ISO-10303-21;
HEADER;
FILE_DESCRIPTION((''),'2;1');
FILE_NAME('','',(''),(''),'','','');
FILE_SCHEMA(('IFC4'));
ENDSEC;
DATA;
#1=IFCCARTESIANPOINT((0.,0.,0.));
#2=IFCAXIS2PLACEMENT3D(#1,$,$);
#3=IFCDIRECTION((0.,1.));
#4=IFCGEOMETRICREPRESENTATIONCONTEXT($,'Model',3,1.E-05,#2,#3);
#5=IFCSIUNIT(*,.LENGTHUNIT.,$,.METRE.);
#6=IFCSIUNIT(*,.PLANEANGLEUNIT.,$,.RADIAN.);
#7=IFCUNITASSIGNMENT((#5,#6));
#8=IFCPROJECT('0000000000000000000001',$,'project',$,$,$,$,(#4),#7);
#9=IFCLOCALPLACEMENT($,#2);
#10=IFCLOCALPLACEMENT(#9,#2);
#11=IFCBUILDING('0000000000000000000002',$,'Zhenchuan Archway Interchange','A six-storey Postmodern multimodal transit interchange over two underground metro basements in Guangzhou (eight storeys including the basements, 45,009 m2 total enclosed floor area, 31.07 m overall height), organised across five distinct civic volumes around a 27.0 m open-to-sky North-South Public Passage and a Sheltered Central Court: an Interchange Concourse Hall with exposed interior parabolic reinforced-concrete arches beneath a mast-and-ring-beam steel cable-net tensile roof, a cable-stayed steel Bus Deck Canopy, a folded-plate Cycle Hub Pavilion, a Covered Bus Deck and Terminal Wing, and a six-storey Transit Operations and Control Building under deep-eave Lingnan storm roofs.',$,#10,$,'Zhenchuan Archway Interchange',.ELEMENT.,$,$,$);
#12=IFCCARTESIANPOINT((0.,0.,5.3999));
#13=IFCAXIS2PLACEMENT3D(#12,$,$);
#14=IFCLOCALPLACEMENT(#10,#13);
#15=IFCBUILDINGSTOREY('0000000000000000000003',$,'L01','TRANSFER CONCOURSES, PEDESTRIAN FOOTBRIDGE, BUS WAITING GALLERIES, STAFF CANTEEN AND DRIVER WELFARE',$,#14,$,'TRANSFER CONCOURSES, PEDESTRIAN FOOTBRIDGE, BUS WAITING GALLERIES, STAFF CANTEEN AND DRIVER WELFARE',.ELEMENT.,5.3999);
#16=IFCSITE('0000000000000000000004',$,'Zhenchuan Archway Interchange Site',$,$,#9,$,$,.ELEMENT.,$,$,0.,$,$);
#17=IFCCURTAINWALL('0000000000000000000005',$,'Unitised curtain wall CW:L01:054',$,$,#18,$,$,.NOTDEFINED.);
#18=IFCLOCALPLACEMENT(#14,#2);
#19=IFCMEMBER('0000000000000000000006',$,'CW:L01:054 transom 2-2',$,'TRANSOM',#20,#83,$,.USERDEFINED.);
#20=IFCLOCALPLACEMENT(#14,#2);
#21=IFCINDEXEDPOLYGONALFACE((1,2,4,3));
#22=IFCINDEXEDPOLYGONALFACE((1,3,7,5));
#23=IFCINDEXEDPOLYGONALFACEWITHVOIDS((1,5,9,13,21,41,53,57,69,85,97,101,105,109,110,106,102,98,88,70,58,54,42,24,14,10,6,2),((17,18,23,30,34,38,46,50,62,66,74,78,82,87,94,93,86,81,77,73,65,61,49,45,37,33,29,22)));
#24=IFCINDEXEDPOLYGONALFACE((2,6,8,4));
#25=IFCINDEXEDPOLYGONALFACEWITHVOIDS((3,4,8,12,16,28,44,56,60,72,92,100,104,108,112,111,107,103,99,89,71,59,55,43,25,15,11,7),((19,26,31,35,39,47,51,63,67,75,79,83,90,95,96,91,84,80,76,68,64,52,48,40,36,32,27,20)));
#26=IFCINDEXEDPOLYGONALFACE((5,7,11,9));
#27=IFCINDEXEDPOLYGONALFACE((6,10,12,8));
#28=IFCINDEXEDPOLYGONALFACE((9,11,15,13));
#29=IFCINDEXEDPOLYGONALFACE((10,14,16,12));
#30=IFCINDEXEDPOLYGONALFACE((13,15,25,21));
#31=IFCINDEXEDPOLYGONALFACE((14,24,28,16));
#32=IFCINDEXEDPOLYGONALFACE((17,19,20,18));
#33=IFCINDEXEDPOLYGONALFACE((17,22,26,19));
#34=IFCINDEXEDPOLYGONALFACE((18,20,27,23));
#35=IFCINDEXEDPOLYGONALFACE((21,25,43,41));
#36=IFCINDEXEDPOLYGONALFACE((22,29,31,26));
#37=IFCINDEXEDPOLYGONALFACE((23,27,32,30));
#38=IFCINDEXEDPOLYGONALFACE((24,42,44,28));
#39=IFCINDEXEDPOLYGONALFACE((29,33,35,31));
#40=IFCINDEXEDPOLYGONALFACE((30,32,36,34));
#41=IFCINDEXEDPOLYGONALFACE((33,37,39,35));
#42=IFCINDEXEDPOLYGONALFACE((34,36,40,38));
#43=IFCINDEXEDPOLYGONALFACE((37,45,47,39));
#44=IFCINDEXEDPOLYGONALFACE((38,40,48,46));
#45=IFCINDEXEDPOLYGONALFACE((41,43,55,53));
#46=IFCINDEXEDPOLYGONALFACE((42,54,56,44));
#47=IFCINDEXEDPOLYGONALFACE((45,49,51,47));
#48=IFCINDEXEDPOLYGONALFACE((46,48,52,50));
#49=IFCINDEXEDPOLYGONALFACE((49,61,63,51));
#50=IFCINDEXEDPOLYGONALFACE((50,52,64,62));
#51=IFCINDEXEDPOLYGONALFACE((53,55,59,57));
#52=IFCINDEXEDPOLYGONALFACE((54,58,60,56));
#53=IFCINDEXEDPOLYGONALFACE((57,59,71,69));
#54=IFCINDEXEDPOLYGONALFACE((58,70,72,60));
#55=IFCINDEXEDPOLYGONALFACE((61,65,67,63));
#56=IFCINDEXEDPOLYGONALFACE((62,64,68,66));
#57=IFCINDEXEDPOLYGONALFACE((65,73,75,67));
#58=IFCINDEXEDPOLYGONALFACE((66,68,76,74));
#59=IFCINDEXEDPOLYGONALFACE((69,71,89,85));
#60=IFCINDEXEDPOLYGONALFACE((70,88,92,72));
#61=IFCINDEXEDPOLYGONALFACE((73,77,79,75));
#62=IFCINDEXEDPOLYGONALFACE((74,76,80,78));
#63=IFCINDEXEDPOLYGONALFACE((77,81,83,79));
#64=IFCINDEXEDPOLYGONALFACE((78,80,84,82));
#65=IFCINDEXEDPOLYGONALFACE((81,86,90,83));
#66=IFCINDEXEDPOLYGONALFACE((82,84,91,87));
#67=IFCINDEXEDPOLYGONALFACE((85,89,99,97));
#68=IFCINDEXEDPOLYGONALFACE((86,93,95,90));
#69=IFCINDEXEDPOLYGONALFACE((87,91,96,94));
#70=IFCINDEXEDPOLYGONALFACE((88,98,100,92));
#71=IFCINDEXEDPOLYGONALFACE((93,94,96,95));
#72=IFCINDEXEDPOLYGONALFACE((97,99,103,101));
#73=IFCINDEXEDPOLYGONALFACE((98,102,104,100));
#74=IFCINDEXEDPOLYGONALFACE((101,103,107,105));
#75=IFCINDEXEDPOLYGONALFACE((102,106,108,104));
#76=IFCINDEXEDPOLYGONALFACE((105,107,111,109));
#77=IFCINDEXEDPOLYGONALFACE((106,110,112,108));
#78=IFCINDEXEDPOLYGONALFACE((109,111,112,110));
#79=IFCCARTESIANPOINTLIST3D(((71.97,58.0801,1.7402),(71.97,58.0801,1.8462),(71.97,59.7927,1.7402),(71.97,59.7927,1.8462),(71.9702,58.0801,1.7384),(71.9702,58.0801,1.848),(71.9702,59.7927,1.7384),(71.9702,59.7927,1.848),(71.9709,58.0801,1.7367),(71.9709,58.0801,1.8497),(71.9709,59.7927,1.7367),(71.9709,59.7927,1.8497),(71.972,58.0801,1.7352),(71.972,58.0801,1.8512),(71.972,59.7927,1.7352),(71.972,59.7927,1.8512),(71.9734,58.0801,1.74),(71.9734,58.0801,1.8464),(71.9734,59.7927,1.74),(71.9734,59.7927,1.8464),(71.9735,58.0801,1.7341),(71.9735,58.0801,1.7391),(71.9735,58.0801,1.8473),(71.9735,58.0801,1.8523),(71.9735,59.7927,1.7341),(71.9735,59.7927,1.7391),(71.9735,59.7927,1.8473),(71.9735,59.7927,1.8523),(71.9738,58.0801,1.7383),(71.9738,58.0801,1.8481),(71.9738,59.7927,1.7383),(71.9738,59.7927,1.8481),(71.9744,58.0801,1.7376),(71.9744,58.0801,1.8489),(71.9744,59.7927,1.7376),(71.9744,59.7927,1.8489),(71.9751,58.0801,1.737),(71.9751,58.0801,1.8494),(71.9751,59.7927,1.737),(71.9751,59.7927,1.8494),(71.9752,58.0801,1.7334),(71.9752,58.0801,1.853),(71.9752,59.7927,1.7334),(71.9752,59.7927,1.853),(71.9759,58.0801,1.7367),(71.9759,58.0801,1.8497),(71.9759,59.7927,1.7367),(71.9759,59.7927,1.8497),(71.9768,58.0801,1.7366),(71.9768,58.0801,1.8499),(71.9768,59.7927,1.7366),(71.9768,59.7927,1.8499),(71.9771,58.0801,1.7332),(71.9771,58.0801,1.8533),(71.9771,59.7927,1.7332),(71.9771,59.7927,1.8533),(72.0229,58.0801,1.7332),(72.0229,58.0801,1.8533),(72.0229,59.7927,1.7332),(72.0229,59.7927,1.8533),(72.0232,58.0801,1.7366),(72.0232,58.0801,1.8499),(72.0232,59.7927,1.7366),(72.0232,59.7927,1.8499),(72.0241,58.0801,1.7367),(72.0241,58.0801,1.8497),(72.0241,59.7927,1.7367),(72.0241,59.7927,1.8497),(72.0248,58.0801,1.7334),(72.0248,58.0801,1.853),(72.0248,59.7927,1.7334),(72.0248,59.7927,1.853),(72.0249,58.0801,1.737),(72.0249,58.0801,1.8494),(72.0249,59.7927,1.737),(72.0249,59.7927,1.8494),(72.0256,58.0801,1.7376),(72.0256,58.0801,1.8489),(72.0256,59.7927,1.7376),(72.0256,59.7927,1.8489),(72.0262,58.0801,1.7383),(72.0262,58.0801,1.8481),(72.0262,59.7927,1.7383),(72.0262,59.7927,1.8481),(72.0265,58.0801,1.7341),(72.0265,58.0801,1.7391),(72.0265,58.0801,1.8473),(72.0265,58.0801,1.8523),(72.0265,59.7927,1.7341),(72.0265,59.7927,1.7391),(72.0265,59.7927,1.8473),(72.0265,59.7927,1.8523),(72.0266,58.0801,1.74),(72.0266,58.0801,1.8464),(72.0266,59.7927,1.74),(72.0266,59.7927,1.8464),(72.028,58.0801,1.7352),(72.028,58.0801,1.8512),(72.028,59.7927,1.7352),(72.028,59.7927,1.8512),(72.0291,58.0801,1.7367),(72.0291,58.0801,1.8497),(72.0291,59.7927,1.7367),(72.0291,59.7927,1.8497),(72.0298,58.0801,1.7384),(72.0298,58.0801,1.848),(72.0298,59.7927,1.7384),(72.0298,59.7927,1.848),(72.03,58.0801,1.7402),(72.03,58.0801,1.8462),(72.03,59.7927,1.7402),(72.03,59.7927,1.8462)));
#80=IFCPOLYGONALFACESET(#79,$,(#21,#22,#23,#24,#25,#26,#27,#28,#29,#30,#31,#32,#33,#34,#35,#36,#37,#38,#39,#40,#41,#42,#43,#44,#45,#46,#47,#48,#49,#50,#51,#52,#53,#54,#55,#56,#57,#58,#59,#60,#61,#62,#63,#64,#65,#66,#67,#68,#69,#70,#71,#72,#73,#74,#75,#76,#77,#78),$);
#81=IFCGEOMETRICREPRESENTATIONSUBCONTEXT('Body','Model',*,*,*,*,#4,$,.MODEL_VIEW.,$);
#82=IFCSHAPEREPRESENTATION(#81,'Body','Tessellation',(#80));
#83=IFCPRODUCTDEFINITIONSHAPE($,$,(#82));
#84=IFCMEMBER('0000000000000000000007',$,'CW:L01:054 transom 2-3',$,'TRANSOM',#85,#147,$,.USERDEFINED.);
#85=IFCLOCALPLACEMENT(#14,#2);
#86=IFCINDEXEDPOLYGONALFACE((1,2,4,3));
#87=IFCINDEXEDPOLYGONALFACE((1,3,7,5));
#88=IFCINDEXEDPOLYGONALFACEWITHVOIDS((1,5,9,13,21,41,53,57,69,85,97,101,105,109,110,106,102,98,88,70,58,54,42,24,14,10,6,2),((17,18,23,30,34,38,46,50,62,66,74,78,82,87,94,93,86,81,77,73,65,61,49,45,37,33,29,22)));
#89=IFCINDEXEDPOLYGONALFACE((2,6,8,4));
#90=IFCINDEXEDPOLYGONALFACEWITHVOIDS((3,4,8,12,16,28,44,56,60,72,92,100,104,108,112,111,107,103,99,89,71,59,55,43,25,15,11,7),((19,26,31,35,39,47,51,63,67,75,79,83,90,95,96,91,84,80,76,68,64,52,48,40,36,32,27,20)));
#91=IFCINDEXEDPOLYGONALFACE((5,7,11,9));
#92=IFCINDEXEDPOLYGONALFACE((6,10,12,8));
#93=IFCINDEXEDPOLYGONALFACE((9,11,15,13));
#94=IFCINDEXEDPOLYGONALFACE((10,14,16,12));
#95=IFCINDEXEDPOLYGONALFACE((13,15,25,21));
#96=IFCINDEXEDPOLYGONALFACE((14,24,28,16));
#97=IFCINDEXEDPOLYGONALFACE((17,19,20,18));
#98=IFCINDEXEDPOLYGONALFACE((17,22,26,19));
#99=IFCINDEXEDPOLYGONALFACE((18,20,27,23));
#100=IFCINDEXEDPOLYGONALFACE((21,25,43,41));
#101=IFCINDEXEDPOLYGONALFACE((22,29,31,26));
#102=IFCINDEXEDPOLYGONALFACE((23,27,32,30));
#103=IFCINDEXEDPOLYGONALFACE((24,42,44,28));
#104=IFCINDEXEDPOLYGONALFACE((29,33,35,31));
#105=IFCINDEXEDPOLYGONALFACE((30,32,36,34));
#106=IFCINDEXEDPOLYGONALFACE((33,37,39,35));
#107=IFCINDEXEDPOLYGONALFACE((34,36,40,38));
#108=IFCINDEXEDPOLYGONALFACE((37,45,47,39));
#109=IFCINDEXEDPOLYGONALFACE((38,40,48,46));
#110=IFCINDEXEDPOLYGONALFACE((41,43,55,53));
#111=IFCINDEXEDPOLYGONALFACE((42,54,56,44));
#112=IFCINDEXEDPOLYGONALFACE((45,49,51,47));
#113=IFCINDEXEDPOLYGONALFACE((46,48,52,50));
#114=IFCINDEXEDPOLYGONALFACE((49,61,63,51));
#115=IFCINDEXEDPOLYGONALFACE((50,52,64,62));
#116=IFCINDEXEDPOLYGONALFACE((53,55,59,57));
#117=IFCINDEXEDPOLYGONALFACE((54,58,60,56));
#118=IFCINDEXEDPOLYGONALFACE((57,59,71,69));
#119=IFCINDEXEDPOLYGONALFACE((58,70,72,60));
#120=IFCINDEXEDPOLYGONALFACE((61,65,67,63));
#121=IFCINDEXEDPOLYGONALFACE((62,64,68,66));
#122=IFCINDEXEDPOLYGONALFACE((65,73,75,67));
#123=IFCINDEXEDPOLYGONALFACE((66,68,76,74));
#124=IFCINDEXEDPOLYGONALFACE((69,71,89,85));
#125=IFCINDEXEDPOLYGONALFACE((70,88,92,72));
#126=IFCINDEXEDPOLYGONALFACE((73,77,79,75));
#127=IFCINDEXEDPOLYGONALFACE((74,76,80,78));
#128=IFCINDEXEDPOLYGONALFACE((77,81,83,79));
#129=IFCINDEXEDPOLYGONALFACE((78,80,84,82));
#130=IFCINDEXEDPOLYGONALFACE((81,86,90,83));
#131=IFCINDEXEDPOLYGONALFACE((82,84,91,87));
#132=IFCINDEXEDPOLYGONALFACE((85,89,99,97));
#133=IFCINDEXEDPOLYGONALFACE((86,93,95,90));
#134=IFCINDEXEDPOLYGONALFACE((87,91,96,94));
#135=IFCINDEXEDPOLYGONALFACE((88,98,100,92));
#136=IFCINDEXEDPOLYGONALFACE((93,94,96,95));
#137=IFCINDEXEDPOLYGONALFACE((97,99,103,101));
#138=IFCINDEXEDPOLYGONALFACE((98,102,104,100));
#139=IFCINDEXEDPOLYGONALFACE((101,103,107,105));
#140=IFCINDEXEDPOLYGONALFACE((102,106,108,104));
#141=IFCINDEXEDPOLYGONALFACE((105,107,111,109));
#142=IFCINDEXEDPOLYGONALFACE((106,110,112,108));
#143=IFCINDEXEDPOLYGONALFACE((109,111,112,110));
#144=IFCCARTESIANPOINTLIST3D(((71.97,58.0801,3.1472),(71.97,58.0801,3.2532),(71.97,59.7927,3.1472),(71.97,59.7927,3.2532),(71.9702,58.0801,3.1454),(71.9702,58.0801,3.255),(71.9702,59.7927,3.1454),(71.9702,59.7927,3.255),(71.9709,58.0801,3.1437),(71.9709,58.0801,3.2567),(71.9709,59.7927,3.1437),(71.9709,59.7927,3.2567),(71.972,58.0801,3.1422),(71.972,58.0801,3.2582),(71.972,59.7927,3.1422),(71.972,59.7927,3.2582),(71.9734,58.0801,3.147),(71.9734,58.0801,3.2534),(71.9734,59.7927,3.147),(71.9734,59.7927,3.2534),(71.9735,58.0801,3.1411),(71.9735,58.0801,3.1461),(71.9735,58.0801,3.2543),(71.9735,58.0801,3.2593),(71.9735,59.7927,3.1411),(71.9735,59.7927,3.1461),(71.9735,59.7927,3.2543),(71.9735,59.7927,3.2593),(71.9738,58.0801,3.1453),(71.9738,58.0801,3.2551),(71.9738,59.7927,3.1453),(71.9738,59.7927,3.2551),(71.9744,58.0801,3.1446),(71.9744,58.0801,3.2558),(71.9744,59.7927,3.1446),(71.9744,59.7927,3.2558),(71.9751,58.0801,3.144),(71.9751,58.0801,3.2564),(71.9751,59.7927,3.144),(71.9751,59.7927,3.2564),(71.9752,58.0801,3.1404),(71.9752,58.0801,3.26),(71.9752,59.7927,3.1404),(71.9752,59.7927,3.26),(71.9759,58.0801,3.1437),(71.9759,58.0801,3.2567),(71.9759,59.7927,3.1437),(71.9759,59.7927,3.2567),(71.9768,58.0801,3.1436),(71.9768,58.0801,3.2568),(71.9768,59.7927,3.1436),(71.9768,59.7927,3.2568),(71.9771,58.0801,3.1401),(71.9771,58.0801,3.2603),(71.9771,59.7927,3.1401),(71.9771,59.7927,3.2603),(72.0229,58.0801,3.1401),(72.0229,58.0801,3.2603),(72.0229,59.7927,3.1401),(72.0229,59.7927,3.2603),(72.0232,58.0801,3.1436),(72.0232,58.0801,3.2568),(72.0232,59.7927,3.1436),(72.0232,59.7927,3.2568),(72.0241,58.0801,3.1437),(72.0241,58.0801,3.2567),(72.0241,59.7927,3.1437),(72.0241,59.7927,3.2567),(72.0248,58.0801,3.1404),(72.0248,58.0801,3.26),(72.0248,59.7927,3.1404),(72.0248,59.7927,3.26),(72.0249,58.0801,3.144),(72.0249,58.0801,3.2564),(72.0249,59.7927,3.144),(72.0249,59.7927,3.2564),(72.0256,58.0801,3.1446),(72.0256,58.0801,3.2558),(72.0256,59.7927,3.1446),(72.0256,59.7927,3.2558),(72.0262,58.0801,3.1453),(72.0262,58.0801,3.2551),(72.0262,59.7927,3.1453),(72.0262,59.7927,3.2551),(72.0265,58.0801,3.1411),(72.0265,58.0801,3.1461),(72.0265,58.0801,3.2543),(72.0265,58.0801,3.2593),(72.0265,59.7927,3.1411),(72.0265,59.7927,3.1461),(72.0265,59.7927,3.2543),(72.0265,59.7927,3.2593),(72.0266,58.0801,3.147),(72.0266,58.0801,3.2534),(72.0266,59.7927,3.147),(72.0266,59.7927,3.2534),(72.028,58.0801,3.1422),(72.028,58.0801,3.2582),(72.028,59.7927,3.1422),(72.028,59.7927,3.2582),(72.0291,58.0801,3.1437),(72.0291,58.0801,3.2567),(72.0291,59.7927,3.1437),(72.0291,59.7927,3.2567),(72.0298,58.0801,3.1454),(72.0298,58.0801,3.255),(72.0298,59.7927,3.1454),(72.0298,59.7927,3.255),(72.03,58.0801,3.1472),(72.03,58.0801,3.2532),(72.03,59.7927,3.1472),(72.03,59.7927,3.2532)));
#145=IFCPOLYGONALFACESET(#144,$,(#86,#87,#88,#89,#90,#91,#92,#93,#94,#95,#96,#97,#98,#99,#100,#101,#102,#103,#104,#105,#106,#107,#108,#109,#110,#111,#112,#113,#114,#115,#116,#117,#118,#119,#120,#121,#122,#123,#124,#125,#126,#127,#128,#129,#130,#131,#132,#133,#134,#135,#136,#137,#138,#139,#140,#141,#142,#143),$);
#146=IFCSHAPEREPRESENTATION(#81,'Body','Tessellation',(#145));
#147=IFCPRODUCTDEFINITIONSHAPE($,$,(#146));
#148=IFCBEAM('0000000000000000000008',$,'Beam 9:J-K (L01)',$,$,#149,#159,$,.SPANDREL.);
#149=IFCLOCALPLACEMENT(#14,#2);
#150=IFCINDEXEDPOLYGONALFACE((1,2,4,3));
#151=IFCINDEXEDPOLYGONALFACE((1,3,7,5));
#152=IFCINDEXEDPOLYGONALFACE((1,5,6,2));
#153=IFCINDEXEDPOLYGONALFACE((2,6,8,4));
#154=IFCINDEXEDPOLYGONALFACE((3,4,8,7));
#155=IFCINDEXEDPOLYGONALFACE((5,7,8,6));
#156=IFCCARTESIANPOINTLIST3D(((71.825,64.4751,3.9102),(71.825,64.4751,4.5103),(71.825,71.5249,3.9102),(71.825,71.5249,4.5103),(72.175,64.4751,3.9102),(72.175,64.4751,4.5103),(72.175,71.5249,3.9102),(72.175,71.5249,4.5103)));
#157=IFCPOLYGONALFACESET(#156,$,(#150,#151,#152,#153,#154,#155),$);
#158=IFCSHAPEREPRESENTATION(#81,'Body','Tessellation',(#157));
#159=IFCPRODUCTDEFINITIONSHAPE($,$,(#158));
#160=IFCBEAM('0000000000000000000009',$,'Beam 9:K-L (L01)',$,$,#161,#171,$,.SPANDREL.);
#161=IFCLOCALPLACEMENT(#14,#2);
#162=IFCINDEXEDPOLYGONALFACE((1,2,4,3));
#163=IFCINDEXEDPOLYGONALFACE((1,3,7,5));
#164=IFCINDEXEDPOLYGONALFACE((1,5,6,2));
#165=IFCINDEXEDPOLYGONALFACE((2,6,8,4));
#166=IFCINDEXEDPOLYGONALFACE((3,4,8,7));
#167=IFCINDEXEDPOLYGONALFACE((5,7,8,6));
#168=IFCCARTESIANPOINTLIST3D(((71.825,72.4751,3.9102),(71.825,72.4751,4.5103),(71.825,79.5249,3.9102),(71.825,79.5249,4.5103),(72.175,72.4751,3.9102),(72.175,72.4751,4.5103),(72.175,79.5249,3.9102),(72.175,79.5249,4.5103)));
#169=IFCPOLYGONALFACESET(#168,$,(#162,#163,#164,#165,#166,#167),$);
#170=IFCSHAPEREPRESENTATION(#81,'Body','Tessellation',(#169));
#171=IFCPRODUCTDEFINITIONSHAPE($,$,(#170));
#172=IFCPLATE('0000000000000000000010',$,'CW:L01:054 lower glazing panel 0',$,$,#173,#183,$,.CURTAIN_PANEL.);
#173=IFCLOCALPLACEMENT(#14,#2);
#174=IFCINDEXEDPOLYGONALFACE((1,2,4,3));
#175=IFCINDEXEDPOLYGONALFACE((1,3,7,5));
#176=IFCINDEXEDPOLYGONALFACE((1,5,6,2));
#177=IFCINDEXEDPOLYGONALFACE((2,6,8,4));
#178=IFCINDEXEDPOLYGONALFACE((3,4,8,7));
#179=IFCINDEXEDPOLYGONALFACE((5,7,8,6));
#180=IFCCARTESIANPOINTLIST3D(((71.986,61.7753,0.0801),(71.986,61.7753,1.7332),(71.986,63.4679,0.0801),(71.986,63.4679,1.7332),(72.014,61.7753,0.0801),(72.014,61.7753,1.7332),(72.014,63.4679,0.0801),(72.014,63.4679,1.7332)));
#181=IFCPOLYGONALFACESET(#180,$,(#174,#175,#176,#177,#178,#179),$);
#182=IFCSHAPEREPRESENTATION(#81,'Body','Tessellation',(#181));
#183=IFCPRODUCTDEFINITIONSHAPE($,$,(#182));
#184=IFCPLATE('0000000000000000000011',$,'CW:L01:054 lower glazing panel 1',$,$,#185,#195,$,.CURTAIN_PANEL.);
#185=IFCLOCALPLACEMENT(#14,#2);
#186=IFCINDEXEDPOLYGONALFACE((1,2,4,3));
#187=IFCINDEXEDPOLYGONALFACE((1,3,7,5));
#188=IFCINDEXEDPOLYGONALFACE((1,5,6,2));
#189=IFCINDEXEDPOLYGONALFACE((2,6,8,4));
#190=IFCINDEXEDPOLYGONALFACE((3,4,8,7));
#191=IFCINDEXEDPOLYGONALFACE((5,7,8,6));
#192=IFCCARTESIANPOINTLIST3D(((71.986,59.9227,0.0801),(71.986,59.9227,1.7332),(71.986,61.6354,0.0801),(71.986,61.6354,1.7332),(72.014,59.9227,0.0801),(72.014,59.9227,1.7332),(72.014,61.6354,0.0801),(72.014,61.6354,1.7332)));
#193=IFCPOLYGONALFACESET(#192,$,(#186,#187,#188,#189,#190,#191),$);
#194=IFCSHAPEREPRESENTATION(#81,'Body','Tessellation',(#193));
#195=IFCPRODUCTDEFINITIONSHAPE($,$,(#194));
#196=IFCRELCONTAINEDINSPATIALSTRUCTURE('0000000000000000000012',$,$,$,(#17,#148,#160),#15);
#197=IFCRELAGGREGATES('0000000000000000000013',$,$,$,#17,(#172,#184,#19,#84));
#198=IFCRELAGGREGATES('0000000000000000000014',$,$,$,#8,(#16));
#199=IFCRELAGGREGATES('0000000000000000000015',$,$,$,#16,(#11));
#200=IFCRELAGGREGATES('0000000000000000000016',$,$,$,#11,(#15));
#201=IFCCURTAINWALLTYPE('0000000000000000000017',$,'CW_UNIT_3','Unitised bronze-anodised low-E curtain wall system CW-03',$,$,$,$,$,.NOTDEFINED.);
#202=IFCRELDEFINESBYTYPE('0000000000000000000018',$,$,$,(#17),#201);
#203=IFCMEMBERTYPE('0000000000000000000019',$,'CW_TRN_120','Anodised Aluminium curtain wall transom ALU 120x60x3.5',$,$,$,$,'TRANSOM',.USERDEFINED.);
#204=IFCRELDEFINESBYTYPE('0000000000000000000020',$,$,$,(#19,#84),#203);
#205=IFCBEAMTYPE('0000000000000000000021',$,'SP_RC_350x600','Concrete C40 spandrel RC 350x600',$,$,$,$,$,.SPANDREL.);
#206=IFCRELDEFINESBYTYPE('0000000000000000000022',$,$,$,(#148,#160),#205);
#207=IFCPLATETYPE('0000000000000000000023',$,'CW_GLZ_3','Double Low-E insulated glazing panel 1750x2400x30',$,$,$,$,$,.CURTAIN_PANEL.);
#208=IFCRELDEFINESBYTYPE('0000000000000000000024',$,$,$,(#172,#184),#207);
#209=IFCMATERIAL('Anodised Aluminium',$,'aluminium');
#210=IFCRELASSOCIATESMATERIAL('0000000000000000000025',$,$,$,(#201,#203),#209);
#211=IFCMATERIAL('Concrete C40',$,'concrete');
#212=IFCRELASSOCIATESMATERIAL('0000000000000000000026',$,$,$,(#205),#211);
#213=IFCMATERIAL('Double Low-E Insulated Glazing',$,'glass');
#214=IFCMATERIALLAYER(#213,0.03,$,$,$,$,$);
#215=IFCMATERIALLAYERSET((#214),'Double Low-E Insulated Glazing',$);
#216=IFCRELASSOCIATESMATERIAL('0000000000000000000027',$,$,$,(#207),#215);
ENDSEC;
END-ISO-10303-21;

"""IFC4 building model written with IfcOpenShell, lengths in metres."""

from ifc_helpers import new_model, si_unit, direction, frame, origin, origin_2d, place, context, subcontext, project, spatial, rectangle, hollow_rectangle, extrude, material, layer, layer_set, material_profile, profile_set, type_object, element, aggregate, save


model = new_model("IFC4")

# Units and contexts
model_context = context("Model", 3, precision=1e-05, world=origin(), true_north=direction((0.0, 1.0)))
body_context = subcontext(model_context, "Body", "Model", "MODEL_VIEW")
ifc_project = project(units=[si_unit("LENGTHUNIT", "METRE"), si_unit("PLANEANGLEUNIT", "RADIAN")], contexts=[model_context])

# Site, building, storey
site_placement = place(None, origin())
site = spatial("IfcSite", under=ifc_project, at=site_placement, Name="Zhenchuan Archway Interchange Site", CompositionType="ELEMENT", RefElevation=0.0)
building_placement = place(site_placement, origin())
building = spatial("IfcBuilding", under=site, at=building_placement, Name="Zhenchuan Archway Interchange", Description="A six-storey Postmodern multimodal transit interchange over two underground metro basements in Guangzhou (eight storeys including the basements, 45,009 m2 total enclosed floor area, 31.07 m overall height), organised across five distinct civic volumes around a 27.0 m open-to-sky North-South Public Passage and a Sheltered Central Court: an Interchange Concourse Hall with exposed interior parabolic reinforced-concrete arches beneath a mast-and-ring-beam steel cable-net tensile roof, a cable-stayed steel Bus Deck Canopy, a folded-plate Cycle Hub Pavilion, a Covered Bus Deck and Terminal Wing, and a six-storey Transit Operations and Control Building under deep-eave Lingnan storm roofs.", LongName="Zhenchuan Archway Interchange", CompositionType="ELEMENT")
storey_placement = place(building_placement, frame((0.0, 0.0, 5.3999)))
storey = spatial("IfcBuildingStorey", under=building, at=storey_placement, Name="L01", Description="TRANSFER CONCOURSES, PEDESTRIAN FOOTBRIDGE, BUS WAITING GALLERIES, STAFF CANTEEN AND DRIVER WELFARE", LongName="TRANSFER CONCOURSES, PEDESTRIAN FOOTBRIDGE, BUS WAITING GALLERIES, STAFF CANTEEN AND DRIVER WELFARE", CompositionType="ELEMENT", Elevation=5.3999)

# Shared definitions
ifc_material_1 = material(Name="Anodised Aluminium", Category="aluminium")

# Curtain wall, members
curtain_wall_type_1 = type_object("IfcCurtainWallType", Name="CW_UNIT_3", Description="Unitised bronze-anodised low-E curtain wall system CW-03", PredefinedType="NOTDEFINED", material=ifc_material_1)
curtain_wall_1_placement = place(storey_placement, origin())
curtain_wall_1 = element("IfcCurtainWall", 1, at=curtain_wall_1_placement, inside=storey, type_object=curtain_wall_type_1, Name="Unitised curtain wall CW:L01:054", PredefinedType="NOTDEFINED")
ifc_material_profile_1 = material_profile(ifc_material_1, hollow_rectangle(XDim=0.0601, YDim=0.1201, WallThickness=0.0034, InnerFilletRadius=0.0034, OuterFilletRadius=0.0071, at=origin_2d()), Name="ALU 120x60x3.5")
ifc_profile_set_1 = profile_set([ifc_material_profile_1], Name="Anodised Aluminium")
member_type_1 = type_object("IfcMemberType", Name="CW_TRN_120", Description="Anodised Aluminium curtain wall transom ALU 120x60x3.5", ElementType="TRANSOM", PredefinedType="USERDEFINED", material=ifc_profile_set_1)
member_1_placement = place(storey_placement, frame((72.0, 59.7927, 1.7932), z_axis=(0.0, -1.0, 0.0), x_axis=(1.0, 0.0, 0.0)))
member_1 = element("IfcMember", 2, at=member_1_placement, type_object=member_type_1, Name="CW:L01:054 transom 2-2", ObjectType="TRANSOM", PredefinedType="USERDEFINED", context=body_context, shape_type="SweptSolid", body=[
    extrude(hollow_rectangle(XDim=0.0601, YDim=0.1201, WallThickness=0.0034, InnerFilletRadius=0.0034, OuterFilletRadius=0.0071, at=origin_2d()), origin(), (0.0, 0.0, 1.0), 1.7126),
])
member_2_placement = place(storey_placement, frame((72.0, 59.7927, 3.2002), z_axis=(0.0, -1.0, 0.0), x_axis=(1.0, 0.0, 0.0)))
member_2 = element("IfcMember", 3, at=member_2_placement, type_object=member_type_1, Name="CW:L01:054 transom 2-3", ObjectType="TRANSOM", PredefinedType="USERDEFINED", context=body_context, shape_type="SweptSolid", body=[
    extrude(hollow_rectangle(XDim=0.0601, YDim=0.1201, WallThickness=0.0034, InnerFilletRadius=0.0034, OuterFilletRadius=0.0071, at=origin_2d()), origin(), (0.0, 0.0, 1.0), 1.7126),
])

# Beams
ifc_material_2 = material(Name="Concrete C40", Category="concrete")
ifc_material_profile_2 = material_profile(ifc_material_2, rectangle(XDim=0.3501, YDim=0.6001, at=origin_2d()), Name="RC 350x600")
ifc_profile_set_2 = profile_set([ifc_material_profile_2], Name="Concrete C40")
beam_type = type_object("IfcBeamType", Name="SP_RC_350x600", Description="Concrete C40 spandrel RC 350x600", PredefinedType="SPANDREL", material=ifc_profile_set_2)
for number, where, z_axis, x_axis, name in (
    (4, (72.0, 64.4751, 4.2102), (0.0, 1.0, 0.0), (-1.0, 0.0, 0.0), "Beam 9:J-K (L01)"),
    (5, (72.0, 72.4751, 4.2102), (0.0, 1.0, 0.0), (-1.0, 0.0, 0.0), "Beam 9:K-L (L01)"),
):
    element("IfcBeam", number, at=place(storey_placement, frame(where, z_axis=z_axis, x_axis=x_axis)), inside=storey, type_object=beam_type, Name=name, PredefinedType="SPANDREL", context=body_context, shape_type="SweptSolid", body=[
        extrude(rectangle(XDim=0.3501, YDim=0.6001, at=origin_2d()), origin(), (0.0, 0.0, 1.0), 7.0498),
    ])

# Plates
ifc_material_3 = material(Name="Double Low-E Insulated Glazing", Category="glass")
ifc_layer_1 = layer(ifc_material_3, 0.03)
ifc_layer_set_1 = layer_set([ifc_layer_1], Name="Double Low-E Insulated Glazing")
plate_type_1 = type_object("IfcPlateType", Name="CW_GLZ_3", Description="Double Low-E insulated glazing panel 1750x2400x30", PredefinedType="CURTAIN_PANEL", material=ifc_layer_set_1)
plate_1_placement = place(storey_placement, frame((72.0, 62.6216, 0.0801), z_axis=(0.0, 0.0, 1.0), x_axis=(0.0, -1.0, 0.0)))
plate_1 = element("IfcPlate", 6, at=plate_1_placement, type_object=plate_type_1, Name="CW:L01:054 lower glazing panel 0", PredefinedType="CURTAIN_PANEL", context=body_context, shape_type="SweptSolid", body=[
    extrude(rectangle(XDim=1.6926, YDim=0.0281, at=origin_2d()), origin(), (0.0, 0.0, 1.0), 1.6531),
])
plate_2_placement = place(storey_placement, frame((72.0, 60.7791, 0.0801), z_axis=(0.0, 0.0, 1.0), x_axis=(0.0, -1.0, 0.0)))
plate_2 = element("IfcPlate", 7, at=plate_2_placement, type_object=plate_type_1, Name="CW:L01:054 lower glazing panel 1", PredefinedType="CURTAIN_PANEL", context=body_context, shape_type="SweptSolid", body=[
    extrude(rectangle(XDim=1.7126, YDim=0.0281, at=origin_2d()), origin(), (0.0, 0.0, 1.0), 1.6531),
])
aggregate(curtain_wall_1, [plate_1, plate_2, member_1, member_2])

save(model, "model.ifc")
